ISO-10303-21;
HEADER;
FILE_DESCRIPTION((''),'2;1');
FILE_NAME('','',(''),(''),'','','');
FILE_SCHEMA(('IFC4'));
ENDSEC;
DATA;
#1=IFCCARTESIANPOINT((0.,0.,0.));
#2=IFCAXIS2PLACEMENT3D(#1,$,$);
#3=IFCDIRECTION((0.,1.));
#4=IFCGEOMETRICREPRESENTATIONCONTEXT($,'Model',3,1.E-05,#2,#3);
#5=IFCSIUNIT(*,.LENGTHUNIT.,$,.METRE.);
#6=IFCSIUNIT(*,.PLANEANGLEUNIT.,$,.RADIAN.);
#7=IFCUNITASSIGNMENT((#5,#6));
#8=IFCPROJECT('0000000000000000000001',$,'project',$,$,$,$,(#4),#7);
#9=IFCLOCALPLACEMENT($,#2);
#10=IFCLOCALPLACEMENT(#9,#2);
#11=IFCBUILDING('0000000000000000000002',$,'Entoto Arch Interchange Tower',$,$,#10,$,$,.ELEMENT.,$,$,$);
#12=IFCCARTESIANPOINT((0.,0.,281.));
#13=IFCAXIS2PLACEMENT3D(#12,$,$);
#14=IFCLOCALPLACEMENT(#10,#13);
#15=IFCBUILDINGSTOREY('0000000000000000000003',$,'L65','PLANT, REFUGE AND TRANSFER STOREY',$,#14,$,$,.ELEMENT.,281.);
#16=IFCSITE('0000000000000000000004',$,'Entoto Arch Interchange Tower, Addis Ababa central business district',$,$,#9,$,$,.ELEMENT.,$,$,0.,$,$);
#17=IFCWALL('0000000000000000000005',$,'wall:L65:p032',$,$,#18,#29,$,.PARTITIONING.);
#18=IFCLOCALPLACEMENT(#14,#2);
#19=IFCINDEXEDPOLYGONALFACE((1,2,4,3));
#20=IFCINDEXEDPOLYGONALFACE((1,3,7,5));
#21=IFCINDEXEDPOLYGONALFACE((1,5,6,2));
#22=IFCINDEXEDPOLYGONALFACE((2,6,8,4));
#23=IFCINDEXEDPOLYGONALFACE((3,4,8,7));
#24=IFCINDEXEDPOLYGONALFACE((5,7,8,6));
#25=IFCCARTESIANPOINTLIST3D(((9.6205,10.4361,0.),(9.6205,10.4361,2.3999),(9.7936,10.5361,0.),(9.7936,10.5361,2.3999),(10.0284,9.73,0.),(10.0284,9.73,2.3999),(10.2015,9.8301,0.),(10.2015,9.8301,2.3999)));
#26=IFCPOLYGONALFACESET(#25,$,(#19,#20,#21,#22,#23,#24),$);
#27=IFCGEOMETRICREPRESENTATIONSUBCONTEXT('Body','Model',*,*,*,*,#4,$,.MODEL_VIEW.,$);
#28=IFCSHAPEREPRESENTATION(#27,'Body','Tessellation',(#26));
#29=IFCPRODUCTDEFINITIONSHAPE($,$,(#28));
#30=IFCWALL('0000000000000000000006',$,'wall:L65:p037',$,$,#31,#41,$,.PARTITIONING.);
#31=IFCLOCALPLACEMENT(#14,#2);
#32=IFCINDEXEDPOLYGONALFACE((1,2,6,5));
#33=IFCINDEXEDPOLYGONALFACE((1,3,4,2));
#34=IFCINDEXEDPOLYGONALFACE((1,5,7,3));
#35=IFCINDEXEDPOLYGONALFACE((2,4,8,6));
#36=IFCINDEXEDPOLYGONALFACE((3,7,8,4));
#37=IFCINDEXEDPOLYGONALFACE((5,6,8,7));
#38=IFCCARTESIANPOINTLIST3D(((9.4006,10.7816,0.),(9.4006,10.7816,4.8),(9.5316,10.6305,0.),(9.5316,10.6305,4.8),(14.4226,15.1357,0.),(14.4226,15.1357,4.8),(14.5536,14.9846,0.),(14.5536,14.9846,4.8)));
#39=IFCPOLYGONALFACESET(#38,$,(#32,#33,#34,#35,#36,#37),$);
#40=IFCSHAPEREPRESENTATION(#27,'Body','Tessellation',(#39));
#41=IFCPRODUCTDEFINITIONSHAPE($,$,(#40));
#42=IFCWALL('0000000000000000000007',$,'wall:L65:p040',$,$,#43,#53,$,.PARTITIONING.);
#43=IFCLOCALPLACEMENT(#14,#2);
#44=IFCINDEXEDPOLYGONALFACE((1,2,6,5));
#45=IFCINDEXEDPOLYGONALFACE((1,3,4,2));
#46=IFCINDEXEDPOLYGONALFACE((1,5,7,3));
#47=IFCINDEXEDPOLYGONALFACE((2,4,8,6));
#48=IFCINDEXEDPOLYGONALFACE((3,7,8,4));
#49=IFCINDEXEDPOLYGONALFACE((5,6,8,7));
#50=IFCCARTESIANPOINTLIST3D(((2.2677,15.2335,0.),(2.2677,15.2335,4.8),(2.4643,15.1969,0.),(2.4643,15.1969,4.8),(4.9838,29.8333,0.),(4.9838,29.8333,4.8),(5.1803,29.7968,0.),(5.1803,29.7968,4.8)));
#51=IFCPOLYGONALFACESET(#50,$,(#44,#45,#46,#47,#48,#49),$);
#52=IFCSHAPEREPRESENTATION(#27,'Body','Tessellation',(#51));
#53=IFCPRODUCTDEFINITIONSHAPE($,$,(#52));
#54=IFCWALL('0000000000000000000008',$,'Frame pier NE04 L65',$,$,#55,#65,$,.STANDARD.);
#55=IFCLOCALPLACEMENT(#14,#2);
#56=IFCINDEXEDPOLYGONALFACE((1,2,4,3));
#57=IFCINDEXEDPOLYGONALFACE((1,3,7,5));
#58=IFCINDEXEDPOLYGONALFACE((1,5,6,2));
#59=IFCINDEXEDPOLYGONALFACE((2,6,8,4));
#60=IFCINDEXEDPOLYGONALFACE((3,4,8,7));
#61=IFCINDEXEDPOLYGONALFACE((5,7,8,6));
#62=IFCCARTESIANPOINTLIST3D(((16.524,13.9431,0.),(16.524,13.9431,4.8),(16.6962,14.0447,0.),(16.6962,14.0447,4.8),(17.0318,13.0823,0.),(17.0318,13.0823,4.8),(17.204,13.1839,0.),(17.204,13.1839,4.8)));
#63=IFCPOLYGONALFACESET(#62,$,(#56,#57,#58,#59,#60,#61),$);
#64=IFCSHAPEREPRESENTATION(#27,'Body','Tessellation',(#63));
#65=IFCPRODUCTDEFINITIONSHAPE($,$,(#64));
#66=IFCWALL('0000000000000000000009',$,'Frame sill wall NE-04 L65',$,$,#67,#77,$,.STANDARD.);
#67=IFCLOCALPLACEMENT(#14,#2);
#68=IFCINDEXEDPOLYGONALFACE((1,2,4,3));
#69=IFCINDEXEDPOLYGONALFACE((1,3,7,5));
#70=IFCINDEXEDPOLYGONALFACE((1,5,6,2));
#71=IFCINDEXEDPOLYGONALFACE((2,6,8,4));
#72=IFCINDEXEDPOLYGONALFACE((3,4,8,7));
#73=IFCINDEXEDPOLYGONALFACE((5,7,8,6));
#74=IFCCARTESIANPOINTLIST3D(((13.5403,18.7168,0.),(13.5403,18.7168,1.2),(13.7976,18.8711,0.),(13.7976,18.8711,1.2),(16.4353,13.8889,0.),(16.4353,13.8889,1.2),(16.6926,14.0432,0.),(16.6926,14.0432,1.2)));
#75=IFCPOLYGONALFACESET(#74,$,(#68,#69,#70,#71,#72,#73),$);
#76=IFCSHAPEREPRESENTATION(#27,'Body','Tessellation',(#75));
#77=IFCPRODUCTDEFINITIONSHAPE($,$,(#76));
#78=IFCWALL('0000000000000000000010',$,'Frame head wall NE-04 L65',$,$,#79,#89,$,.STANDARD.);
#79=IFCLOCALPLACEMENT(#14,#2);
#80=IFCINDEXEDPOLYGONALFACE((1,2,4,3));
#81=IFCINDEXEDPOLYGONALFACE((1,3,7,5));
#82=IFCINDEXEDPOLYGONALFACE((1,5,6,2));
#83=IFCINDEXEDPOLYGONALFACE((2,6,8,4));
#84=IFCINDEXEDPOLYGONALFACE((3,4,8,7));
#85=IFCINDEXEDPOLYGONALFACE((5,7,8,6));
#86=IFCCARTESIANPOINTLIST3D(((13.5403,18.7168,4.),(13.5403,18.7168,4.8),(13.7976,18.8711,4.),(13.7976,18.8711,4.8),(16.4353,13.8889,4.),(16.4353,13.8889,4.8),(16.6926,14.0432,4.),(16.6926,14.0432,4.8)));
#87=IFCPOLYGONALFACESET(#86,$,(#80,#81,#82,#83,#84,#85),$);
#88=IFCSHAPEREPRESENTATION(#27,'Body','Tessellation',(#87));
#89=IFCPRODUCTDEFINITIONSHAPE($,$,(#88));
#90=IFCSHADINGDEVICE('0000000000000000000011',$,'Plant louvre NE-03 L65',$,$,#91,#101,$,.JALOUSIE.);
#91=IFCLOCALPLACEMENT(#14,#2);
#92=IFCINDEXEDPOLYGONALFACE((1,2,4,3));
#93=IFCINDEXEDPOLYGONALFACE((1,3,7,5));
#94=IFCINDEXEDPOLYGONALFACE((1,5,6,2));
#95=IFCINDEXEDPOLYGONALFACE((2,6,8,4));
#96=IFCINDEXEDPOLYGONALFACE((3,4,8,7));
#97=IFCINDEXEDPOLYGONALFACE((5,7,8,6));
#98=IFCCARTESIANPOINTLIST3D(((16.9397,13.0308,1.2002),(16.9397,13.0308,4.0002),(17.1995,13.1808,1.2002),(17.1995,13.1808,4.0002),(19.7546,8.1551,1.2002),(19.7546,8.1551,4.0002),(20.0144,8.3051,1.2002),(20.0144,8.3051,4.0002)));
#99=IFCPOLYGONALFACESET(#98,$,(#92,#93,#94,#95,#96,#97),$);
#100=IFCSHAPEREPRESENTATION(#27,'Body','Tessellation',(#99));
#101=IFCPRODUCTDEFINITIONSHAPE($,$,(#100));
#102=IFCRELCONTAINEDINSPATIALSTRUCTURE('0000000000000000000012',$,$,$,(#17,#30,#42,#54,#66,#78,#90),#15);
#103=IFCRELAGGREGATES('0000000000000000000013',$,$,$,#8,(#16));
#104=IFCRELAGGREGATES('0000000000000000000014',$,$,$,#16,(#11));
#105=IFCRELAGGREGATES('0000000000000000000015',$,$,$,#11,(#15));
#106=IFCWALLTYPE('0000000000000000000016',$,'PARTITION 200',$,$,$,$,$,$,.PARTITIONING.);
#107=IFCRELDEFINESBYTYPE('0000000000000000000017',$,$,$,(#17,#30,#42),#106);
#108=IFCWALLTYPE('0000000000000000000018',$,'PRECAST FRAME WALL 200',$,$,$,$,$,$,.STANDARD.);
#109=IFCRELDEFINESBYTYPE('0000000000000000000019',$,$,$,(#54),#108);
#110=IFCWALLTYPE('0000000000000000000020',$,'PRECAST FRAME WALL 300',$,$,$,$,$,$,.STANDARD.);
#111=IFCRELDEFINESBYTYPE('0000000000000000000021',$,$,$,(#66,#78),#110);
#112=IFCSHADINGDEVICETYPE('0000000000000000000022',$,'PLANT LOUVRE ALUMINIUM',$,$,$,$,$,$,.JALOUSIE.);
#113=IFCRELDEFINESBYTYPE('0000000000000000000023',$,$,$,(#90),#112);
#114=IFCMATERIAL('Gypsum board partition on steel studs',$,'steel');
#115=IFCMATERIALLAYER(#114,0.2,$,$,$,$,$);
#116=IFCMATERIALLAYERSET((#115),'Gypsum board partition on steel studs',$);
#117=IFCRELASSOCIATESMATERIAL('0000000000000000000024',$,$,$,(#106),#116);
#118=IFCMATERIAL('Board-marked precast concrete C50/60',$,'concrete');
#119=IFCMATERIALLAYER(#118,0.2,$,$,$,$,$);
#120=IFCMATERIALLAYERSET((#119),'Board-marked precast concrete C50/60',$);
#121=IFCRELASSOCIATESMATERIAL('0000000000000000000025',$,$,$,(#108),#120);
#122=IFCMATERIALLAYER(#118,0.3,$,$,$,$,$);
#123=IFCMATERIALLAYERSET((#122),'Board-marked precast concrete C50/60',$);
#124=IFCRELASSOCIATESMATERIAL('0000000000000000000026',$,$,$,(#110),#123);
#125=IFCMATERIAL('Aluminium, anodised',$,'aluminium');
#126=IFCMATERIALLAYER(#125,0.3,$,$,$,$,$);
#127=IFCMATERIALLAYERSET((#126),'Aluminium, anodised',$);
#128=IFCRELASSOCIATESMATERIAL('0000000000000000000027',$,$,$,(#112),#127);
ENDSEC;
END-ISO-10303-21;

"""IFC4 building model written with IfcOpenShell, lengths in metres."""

from ifc_helpers import new_model, si_unit, direction, frame, frame_2d, origin, origin_2d, place, context, subcontext, project, spatial, rectangle, extrude, material, layer, layer_set, type_object, element, save


model = new_model("IFC4")

# Units and contexts
model_context = context("Model", 3, precision=1e-05, world=origin(), true_north=direction((0.0, 1.0)))
body_context = subcontext(model_context, "Body", "Model", "MODEL_VIEW")
ifc_project = project(units=[si_unit("LENGTHUNIT", "METRE"), si_unit("PLANEANGLEUNIT", "RADIAN")], contexts=[model_context])

# Site, building, storey
site_placement = place(None, origin())
site = spatial("IfcSite", under=ifc_project, at=site_placement, Name="Entoto Arch Interchange Tower, Addis Ababa central business district", CompositionType="ELEMENT", RefElevation=0.0)
building_placement = place(site_placement, origin())
building = spatial("IfcBuilding", under=site, at=building_placement, Name="Entoto Arch Interchange Tower", CompositionType="ELEMENT")
storey_placement = place(building_placement, frame((0.0, 0.0, 281.0)))
storey = spatial("IfcBuildingStorey", under=building, at=storey_placement, Name="L65", Description="PLANT, REFUGE AND TRANSFER STOREY", CompositionType="ELEMENT", Elevation=281.0)

# Shared definitions
ifc_material_1 = material(Name="Gypsum board partition on steel studs", Category="steel")
ifc_layer_1 = layer(ifc_material_1, 0.2)
ifc_layer_set_1 = layer_set([ifc_layer_1], Name="Gypsum board partition on steel studs")
wall_type_1 = type_object("IfcWallType", Name="PARTITION 200", PredefinedType="PARTITIONING", material=ifc_layer_set_1)

# Walls
wall_1_placement = place(storey_placement, frame((9.707, 10.4861, 0.0), z_axis=(0.0, 0.0, 1.0), x_axis=(0.500293, -0.865856, 0.0)))
element("IfcWall", 1, at=wall_1_placement, inside=storey, type_object=wall_type_1, Name="wall:L65:p032", PredefinedType="PARTITIONING", context=body_context, shape_type="SweptSolid", body=[
    extrude(rectangle(XDim=0.8154, YDim=0.2, at=frame_2d((0.4077, 0.0))), origin(), (0.0, 0.0, 1.0), 2.3999),
])
wall_2_placement = place(storey_placement, frame((14.488, 15.0601, 0.0), z_axis=(0.0, 0.0, 1.0), x_axis=(-0.755568, -0.65507, 0.0)))
element("IfcWall", 2, at=wall_2_placement, inside=storey, type_object=wall_type_1, Name="wall:L65:p037", PredefinedType="PARTITIONING", context=body_context, shape_type="SweptSolid", body=[
    extrude(rectangle(XDim=6.6467, YDim=0.2, at=frame_2d((3.3232, 0.0))), origin(), (0.0, 0.0, 1.0), 4.8),
])
wall_3_placement = place(storey_placement, frame((2.366, 15.2151, 0.0), z_axis=(0.0, 0.0, 1.0), x_axis=(0.182896, 0.983132, 0.0)))
element("IfcWall", 3, at=wall_3_placement, inside=storey, type_object=wall_type_1, Name="wall:L65:p040", PredefinedType="PARTITIONING", context=body_context, shape_type="SweptSolid", body=[
    extrude(rectangle(XDim=14.8503, YDim=0.2, at=frame_2d((7.4253, 0.0))), origin(), (0.0, 0.0, 1.0), 4.8),
])
ifc_material_2 = material(Name="Board-marked precast concrete C50/60", Category="concrete")
ifc_layer_2 = layer(ifc_material_2, 0.2)
ifc_layer_set_2 = layer_set([ifc_layer_2], Name="Board-marked precast concrete C50/60")
wall_type_2 = type_object("IfcWallType", Name="PRECAST FRAME WALL 200", PredefinedType="STANDARD", material=ifc_layer_set_2)
wall_4_placement = place(storey_placement, frame((17.1179, 13.1331, 0.0), z_axis=(0.0, 0.0, 1.0), x_axis=(-0.508087, 0.861306, 0.0)))
element("IfcWall", 4, at=wall_4_placement, inside=storey, type_object=wall_type_2, Name="Frame pier NE04 L65", PredefinedType="STANDARD", context=body_context, shape_type="SweptSolid", body=[
    extrude(rectangle(XDim=0.9995, YDim=0.2, at=frame_2d((0.4998, 0.0))), origin(), (0.0, 0.0, 1.0), 4.8),
])
ifc_layer_3 = layer(ifc_material_2, 0.3)
ifc_layer_set_3 = layer_set([ifc_layer_3], Name="Board-marked precast concrete C50/60")
wall_type_3 = type_object("IfcWallType", Name="PRECAST FRAME WALL 300", PredefinedType="STANDARD", material=ifc_layer_set_3)
wall_5_placement = place(storey_placement, frame((16.564, 13.9661, 0.0), z_axis=(0.0, 0.0, 1.0), x_axis=(-0.514273, 0.857627, 0.0)))
element("IfcWall", 5, at=wall_5_placement, inside=storey, type_object=wall_type_3, Name="Frame sill wall NE-04 L65", PredefinedType="STANDARD", context=body_context, shape_type="SweptSolid", body=[
    extrude(rectangle(XDim=5.6294, YDim=0.3, at=frame_2d((2.8147, 0.0))), origin(), (0.0, 0.0, 1.0), 1.2),
])
wall_6_placement = place(storey_placement, frame((16.564, 13.9661, 4.0), z_axis=(0.0, 0.0, 1.0), x_axis=(-0.514273, 0.857627, 0.0)))
element("IfcWall", 6, at=wall_6_placement, inside=storey, type_object=wall_type_3, Name="Frame head wall NE-04 L65", PredefinedType="STANDARD", context=body_context, shape_type="SweptSolid", body=[
    extrude(rectangle(XDim=5.6294, YDim=0.3, at=frame_2d((2.8147, 0.0))), origin(), (0.0, 0.0, 1.0), 0.8),
])

# Shading device
ifc_material_3 = material(Name="Aluminium, anodised", Category="aluminium")
ifc_layer_4 = layer(ifc_material_3, 0.3)
ifc_layer_set_4 = layer_set([ifc_layer_4], Name="Aluminium, anodised")
shading_device_type = type_object("IfcShadingDeviceType", Name="PLANT LOUVRE ALUMINIUM", PredefinedType="JALOUSIE", material=ifc_layer_set_4)
shading_device_placement = place(storey_placement, frame((18.4771, 10.668, 1.2002), z_axis=(0.0, 0.0, 1.0), x_axis=(-0.499985, 0.866034, 0.0)))
element("IfcShadingDevice", 7, at=shading_device_placement, inside=storey, type_object=shading_device_type, Name="Plant louvre NE-03 L65", PredefinedType="JALOUSIE", context=body_context, shape_type="SweptSolid", body=[
    extrude(rectangle(XDim=5.6299, YDim=0.3, at=origin_2d()), origin(), (0.0, 0.0, 1.0), 2.8),
])

save(model, "model.ifc")
